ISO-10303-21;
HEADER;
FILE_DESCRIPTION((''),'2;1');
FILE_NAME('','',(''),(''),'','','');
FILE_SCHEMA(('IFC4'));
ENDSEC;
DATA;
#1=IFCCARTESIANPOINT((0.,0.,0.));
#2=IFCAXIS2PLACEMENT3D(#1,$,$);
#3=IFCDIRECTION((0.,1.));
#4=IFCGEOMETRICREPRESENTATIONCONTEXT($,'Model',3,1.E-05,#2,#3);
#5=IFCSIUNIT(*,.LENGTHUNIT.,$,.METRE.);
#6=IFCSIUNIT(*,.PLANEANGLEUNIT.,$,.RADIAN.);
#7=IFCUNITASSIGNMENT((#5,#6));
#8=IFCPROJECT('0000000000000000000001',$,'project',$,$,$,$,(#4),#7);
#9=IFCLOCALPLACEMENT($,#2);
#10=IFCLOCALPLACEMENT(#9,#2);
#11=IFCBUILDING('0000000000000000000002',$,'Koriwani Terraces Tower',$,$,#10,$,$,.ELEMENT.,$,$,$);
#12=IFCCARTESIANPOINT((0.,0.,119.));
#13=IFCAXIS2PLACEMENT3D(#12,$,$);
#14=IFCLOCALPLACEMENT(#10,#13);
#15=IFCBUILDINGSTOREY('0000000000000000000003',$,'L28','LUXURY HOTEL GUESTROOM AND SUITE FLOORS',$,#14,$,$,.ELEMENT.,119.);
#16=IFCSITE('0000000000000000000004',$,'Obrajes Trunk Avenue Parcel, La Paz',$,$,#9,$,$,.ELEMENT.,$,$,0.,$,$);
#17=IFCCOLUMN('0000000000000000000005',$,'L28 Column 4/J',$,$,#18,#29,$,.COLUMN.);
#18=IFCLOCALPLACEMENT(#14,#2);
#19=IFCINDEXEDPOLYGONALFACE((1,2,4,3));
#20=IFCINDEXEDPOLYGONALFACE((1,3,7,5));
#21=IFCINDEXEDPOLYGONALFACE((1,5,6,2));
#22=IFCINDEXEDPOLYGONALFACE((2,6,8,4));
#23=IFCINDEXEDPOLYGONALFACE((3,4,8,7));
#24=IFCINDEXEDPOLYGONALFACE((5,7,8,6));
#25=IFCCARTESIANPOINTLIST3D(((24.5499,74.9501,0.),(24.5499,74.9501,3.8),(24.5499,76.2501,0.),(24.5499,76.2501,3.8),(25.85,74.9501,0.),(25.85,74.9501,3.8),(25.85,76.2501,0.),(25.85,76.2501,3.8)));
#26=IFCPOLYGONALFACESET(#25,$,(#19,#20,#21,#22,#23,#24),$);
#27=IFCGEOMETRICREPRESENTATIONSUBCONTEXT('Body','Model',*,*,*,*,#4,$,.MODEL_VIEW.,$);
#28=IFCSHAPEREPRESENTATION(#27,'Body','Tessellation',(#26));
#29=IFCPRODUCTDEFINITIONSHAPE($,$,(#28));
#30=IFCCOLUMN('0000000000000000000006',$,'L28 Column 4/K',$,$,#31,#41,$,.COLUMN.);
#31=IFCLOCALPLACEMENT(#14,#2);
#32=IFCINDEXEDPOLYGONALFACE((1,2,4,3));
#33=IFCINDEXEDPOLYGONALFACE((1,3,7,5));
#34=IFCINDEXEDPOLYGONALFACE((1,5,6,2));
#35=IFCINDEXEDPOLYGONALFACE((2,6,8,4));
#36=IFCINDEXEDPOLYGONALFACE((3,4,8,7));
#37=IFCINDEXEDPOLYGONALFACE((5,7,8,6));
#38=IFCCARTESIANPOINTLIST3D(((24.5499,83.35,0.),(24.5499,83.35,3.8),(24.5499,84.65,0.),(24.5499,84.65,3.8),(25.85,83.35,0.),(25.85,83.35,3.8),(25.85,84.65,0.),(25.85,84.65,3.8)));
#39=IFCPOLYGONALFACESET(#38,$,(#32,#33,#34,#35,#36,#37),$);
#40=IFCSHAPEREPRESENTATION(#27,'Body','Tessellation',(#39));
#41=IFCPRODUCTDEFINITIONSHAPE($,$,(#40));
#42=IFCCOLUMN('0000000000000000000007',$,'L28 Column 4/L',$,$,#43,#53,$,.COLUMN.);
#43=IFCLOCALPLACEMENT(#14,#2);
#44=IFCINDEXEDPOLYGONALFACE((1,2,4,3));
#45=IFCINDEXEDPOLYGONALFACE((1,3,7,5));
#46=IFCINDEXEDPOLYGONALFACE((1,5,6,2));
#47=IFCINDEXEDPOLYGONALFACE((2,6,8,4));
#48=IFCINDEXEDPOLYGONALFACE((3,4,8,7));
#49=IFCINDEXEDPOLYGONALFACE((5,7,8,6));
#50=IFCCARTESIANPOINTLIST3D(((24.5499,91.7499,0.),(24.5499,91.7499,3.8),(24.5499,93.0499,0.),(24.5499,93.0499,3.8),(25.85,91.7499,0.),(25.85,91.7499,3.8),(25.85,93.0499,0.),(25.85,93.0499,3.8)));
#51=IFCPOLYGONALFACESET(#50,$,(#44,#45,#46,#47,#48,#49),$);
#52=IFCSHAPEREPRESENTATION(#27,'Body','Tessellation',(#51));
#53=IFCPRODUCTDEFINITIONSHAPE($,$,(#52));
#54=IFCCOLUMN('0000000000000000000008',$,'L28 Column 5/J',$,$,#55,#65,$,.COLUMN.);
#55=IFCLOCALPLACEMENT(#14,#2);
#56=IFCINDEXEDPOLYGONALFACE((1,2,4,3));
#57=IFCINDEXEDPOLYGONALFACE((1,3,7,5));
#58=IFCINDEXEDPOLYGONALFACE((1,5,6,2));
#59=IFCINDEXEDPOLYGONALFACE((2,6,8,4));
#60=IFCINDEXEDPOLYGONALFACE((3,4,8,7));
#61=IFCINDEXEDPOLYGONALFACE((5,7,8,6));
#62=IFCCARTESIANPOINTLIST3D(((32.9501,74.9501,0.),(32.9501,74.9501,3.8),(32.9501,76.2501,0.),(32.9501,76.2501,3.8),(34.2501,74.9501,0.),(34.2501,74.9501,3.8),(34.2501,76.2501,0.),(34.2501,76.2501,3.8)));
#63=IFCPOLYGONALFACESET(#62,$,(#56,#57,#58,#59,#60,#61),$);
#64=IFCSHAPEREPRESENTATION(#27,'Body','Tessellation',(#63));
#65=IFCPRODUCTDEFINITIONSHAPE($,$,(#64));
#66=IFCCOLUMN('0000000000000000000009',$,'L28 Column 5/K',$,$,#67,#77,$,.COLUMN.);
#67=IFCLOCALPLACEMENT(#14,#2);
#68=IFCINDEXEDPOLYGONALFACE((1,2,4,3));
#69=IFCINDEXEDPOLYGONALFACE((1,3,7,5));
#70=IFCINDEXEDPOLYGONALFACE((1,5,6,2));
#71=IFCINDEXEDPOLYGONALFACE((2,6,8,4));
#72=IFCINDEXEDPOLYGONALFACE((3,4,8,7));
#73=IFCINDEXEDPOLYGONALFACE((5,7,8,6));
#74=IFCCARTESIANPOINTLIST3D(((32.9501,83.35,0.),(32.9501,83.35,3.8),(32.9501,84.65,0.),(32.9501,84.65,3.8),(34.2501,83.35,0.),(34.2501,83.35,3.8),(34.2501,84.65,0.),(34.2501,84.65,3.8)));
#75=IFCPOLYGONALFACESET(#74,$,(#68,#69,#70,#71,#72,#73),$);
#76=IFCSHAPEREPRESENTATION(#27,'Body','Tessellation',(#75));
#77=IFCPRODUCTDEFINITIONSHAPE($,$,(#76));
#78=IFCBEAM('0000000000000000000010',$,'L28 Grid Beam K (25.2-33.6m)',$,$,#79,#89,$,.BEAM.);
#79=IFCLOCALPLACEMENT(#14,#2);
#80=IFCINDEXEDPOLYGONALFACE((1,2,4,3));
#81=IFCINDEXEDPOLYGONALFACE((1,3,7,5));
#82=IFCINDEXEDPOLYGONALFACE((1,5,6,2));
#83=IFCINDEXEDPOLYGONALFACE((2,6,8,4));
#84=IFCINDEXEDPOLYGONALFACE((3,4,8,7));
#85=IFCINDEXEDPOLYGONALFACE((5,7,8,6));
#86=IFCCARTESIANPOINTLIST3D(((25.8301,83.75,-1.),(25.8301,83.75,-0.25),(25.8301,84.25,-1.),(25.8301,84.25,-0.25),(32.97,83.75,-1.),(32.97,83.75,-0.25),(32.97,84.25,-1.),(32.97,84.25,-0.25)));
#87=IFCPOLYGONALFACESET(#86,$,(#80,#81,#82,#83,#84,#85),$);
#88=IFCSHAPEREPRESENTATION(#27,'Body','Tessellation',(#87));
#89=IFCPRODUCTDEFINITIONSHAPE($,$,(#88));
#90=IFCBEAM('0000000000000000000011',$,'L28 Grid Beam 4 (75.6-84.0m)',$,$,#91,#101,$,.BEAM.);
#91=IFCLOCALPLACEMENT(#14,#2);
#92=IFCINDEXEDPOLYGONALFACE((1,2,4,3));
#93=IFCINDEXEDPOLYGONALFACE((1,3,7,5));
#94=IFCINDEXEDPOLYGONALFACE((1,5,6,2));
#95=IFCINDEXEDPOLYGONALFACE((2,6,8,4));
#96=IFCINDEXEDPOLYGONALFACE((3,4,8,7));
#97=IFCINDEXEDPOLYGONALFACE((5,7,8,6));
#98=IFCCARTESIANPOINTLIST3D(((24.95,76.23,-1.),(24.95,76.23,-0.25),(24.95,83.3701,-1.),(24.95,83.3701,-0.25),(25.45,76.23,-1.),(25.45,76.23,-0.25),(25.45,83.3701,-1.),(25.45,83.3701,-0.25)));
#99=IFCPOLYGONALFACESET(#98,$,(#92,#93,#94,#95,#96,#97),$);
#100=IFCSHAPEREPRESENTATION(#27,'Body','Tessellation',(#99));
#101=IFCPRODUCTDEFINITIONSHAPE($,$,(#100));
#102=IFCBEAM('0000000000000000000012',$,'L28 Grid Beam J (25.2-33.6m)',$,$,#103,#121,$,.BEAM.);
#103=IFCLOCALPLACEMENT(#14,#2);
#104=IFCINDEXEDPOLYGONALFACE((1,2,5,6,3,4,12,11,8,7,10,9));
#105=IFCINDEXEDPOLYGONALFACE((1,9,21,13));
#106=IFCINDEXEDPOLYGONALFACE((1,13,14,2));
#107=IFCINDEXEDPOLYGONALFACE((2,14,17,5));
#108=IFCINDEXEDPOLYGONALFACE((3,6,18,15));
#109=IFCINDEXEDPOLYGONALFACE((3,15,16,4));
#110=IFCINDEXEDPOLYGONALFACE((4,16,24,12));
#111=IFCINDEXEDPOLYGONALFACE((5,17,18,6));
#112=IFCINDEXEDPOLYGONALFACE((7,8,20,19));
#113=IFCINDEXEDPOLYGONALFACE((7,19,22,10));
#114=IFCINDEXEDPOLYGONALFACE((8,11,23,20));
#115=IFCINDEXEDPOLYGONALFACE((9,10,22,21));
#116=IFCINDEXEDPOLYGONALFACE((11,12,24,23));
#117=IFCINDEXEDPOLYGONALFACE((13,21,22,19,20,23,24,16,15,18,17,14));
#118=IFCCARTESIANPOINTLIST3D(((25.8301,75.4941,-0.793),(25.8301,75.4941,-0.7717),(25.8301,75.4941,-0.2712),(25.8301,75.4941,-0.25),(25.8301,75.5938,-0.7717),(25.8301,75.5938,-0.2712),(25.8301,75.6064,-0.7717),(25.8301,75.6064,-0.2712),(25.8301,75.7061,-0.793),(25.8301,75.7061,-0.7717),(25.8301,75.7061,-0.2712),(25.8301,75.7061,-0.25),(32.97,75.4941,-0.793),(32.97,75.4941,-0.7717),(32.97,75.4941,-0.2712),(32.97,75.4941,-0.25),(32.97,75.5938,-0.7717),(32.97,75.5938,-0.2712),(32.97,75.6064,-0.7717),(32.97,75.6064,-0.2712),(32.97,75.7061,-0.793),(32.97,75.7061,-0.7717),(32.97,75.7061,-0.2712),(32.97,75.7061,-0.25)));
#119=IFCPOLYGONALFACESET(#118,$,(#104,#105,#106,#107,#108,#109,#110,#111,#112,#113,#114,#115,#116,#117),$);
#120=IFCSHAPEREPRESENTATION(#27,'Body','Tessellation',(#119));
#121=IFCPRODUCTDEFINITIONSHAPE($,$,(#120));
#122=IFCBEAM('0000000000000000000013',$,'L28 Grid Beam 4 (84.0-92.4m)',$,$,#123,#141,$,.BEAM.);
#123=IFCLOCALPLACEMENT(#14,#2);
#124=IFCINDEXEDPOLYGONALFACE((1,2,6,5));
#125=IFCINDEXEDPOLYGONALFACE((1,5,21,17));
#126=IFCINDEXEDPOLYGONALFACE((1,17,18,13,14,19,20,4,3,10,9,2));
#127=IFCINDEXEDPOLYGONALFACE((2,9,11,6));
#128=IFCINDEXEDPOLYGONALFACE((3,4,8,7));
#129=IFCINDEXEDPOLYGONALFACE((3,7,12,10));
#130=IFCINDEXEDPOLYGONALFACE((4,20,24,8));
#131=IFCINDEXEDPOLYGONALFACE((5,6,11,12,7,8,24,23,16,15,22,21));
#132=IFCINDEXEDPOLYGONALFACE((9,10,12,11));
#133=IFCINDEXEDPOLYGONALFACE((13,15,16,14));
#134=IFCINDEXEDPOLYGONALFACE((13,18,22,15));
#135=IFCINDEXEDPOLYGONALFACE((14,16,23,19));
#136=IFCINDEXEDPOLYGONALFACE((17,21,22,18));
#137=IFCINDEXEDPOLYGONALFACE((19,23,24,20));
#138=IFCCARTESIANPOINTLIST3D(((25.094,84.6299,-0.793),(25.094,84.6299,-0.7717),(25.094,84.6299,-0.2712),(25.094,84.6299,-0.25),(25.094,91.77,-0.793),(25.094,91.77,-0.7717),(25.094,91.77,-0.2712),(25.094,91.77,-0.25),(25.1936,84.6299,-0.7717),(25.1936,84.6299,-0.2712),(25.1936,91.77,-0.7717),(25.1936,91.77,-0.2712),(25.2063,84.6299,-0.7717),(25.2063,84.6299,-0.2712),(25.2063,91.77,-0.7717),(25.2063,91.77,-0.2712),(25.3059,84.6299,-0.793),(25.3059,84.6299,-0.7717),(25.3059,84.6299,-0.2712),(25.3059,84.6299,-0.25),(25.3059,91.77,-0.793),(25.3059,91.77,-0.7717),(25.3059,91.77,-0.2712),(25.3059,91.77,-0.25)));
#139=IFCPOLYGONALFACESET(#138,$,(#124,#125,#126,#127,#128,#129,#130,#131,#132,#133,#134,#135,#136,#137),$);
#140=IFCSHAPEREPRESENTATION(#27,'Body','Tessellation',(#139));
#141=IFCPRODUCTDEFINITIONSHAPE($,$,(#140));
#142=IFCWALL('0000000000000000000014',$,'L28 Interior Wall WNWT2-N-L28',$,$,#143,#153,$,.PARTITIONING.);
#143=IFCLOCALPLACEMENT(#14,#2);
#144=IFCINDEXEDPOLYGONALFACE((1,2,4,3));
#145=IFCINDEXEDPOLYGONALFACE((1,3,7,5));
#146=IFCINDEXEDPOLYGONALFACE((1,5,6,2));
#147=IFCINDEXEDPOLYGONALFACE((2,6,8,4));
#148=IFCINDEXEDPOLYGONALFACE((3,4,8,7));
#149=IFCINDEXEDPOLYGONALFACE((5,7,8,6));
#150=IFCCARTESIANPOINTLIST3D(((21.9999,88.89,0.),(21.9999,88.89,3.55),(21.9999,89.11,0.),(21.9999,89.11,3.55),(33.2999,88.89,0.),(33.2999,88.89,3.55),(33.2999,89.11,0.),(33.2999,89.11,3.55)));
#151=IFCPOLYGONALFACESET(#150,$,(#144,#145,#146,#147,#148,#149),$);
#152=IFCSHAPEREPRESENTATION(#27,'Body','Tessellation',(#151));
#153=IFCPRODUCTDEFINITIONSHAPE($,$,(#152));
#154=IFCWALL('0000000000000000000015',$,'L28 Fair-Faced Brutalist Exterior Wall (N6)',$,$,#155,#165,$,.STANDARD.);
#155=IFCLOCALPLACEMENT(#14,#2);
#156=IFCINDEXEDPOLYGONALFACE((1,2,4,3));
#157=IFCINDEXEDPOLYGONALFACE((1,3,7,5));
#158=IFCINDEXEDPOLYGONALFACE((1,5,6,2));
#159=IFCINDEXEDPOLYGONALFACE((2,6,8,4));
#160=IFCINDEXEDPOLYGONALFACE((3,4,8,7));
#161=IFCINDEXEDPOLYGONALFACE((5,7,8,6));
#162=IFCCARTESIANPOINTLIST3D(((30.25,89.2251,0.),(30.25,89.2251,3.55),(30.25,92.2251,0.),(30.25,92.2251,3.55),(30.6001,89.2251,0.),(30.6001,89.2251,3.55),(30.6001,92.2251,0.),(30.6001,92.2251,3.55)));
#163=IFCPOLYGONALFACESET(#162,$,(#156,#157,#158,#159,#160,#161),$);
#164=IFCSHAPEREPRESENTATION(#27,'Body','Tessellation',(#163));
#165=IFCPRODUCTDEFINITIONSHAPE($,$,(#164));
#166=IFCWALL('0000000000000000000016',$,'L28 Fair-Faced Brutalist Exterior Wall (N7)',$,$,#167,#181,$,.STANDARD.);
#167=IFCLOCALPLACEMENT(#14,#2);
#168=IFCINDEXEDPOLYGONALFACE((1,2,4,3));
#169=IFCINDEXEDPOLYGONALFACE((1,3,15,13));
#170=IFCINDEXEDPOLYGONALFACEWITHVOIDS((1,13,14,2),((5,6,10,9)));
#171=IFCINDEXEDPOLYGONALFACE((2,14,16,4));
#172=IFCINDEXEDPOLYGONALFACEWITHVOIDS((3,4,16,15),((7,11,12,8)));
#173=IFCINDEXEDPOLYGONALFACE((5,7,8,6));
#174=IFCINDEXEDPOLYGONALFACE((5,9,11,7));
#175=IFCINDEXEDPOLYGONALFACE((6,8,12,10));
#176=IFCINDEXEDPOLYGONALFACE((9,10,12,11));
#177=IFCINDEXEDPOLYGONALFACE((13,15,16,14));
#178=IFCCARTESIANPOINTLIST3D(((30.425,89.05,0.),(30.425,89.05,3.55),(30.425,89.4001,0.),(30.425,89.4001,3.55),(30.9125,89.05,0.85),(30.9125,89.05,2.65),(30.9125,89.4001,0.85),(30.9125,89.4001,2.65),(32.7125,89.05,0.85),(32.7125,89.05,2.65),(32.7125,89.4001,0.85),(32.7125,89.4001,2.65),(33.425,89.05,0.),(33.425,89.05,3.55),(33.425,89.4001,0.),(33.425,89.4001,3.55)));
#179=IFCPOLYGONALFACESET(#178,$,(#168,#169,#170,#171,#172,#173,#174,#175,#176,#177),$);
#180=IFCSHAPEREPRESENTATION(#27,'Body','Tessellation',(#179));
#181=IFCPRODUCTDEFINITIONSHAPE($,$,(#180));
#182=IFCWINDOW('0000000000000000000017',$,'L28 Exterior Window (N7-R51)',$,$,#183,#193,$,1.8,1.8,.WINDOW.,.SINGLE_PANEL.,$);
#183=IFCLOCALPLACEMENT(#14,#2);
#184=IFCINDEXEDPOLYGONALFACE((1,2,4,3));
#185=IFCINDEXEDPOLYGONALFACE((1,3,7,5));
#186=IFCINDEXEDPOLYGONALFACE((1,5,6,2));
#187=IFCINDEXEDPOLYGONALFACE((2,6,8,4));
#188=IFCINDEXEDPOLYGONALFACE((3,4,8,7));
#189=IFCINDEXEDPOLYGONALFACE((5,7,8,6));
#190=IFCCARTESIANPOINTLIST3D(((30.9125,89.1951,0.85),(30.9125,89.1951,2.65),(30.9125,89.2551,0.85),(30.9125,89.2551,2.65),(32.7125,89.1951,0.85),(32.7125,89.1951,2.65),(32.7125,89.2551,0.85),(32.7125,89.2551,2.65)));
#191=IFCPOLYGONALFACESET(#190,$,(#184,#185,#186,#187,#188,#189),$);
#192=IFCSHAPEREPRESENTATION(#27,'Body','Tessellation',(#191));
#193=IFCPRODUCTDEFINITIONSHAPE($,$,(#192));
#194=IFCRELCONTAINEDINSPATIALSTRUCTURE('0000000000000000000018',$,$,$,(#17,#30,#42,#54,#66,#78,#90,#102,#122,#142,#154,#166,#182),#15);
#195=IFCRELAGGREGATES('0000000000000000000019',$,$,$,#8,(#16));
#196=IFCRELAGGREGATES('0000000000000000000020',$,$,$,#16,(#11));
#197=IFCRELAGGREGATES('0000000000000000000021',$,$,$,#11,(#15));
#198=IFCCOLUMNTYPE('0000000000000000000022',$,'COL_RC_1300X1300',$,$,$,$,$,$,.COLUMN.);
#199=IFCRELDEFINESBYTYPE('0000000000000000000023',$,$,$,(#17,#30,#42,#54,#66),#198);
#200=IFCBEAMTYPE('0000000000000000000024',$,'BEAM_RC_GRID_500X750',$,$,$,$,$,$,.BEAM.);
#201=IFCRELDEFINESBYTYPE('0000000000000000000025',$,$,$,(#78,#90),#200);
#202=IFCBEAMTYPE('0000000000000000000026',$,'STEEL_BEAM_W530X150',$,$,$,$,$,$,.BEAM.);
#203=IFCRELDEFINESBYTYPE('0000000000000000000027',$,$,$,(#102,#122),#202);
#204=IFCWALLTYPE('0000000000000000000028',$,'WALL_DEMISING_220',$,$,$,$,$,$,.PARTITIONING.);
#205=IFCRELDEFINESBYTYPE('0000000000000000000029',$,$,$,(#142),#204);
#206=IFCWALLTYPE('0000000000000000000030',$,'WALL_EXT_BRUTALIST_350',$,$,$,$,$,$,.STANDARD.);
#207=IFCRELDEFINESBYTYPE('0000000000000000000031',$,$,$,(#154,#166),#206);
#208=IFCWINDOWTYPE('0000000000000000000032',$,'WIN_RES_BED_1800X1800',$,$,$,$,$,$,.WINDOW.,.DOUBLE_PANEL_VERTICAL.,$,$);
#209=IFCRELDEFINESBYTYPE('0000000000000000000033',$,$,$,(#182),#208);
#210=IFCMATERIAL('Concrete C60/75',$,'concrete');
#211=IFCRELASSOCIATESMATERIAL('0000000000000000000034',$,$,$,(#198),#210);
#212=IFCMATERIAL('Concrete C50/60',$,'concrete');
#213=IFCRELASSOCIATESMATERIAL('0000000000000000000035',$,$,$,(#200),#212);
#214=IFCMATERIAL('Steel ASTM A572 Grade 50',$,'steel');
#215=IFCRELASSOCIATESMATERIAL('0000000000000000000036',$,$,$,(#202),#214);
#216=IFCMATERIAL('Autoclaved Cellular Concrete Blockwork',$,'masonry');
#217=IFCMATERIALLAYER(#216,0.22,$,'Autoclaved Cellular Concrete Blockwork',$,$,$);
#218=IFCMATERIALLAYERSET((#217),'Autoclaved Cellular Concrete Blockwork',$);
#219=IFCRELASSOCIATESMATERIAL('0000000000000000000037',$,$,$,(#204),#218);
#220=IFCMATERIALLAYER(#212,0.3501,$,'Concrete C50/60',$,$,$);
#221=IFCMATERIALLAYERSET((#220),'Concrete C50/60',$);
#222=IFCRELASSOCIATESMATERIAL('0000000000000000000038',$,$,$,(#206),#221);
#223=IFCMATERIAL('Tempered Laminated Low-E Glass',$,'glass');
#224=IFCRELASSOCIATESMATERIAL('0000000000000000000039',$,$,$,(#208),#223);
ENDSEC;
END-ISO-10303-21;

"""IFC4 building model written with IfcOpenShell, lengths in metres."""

from ifc_helpers import new_model, si_unit, direction, frame, frame_2d, origin, origin_2d, place, context, subcontext, project, spatial, rectangle, i_section, extrude, material, layer, layer_set, material_profile, profile_set, type_object, element, fill, save


model = new_model("IFC4")

# Units and contexts
model_context = context("Model", 3, precision=1e-05, world=origin(), true_north=direction((0.0, 1.0)))
body_context = subcontext(model_context, "Body", "Model", "MODEL_VIEW")
ifc_project = project(units=[si_unit("LENGTHUNIT", "METRE"), si_unit("PLANEANGLEUNIT", "RADIAN")], contexts=[model_context])

# Site, building, storey
site_placement = place(None, origin())
site = spatial("IfcSite", under=ifc_project, at=site_placement, Name="Obrajes Trunk Avenue Parcel, La Paz", CompositionType="ELEMENT", RefElevation=0.0)
building_placement = place(site_placement, origin())
building = spatial("IfcBuilding", under=site, at=building_placement, Name="Koriwani Terraces Tower", CompositionType="ELEMENT")
storey_placement = place(building_placement, frame((0.0, 0.0, 119.0)))
storey = spatial("IfcBuildingStorey", under=building, at=storey_placement, Name="L28", Description="LUXURY HOTEL GUESTROOM AND SUITE FLOORS", CompositionType="ELEMENT", Elevation=119.0)

# Columns
ifc_material_1 = material(Name="Concrete C60/75", Category="concrete")
ifc_material_profile_1 = material_profile(ifc_material_1, rectangle(XDim=1.3, YDim=1.3, at=origin_2d()), Name="Concrete C60/75", Category="LoadBearing")
ifc_profile_set_1 = profile_set([ifc_material_profile_1], Name="Concrete C60/75")
column_type = type_object("IfcColumnType", Name="COL_RC_1300X1300", PredefinedType="COLUMN", material=ifc_profile_set_1)
for number, where, z_axis, x_axis, name in (
    (1, (25.2, 75.6001, 0.0), (0.0, 0.0, 1.0), (1.0, 0.0, 0.0), "L28 Column 4/J"),
    (2, (25.2, 84.0, 0.0), (0.0, 0.0, 1.0), (1.0, 0.0, 0.0), "L28 Column 4/K"),
    (3, (25.2, 92.3999, 0.0), (0.0, 0.0, 1.0), (1.0, 0.0, 0.0), "L28 Column 4/L"),
    (4, (33.6001, 75.6001, 0.0), (0.0, 0.0, 1.0), (1.0, 0.0, 0.0), "L28 Column 5/J"),
    (5, (33.6001, 84.0, 0.0), (0.0, 0.0, 1.0), (1.0, 0.0, 0.0), "L28 Column 5/K"),
):
    element("IfcColumn", number, at=place(storey_placement, frame(where, z_axis=z_axis, x_axis=x_axis)), inside=storey, type_object=column_type, Name=name, PredefinedType="COLUMN", context=body_context, shape_type="SweptSolid", body=[
        extrude(rectangle(XDim=1.3, YDim=1.3, at=origin_2d()), origin(), (0.0, 0.0, 1.0), 3.8),
    ])

# Beams
ifc_material_2 = material(Name="Concrete C50/60", Category="concrete")
ifc_material_profile_2 = material_profile(ifc_material_2, rectangle(XDim=0.5, YDim=0.75, at=origin_2d()), Name="Concrete C50/60", Category="LoadBearing")
ifc_profile_set_2 = profile_set([ifc_material_profile_2], Name="Concrete C50/60")
beam_type_1 = type_object("IfcBeamType", Name="BEAM_RC_GRID_500X750", PredefinedType="BEAM", material=ifc_profile_set_2)
beam_1_placement = place(storey_placement, frame((25.8301, 84.0, -0.625), z_axis=(1.0, 0.0, 0.0), x_axis=(0.0, 1.0, 0.0)))
element("IfcBeam", 6, at=beam_1_placement, inside=storey, type_object=beam_type_1, Name="L28 Grid Beam K (25.2-33.6m)", PredefinedType="BEAM", context=body_context, shape_type="SweptSolid", body=[
    extrude(rectangle(XDim=0.5, YDim=0.75, at=origin_2d()), origin(), (0.0, 0.0, 1.0), 7.1399),
])
beam_2_placement = place(storey_placement, frame((25.2, 76.23, -0.625), z_axis=(0.0, 1.0, 0.0), x_axis=(-1.0, 0.0, 0.0)))
element("IfcBeam", 7, at=beam_2_placement, inside=storey, type_object=beam_type_1, Name="L28 Grid Beam 4 (75.6-84.0m)", PredefinedType="BEAM", context=body_context, shape_type="SweptSolid", body=[
    extrude(rectangle(XDim=0.5, YDim=0.75, at=origin_2d()), origin(), (0.0, 0.0, 1.0), 7.1401),
])
ifc_material_3 = material(Name="Steel ASTM A572 Grade 50", Category="steel")
ifc_material_profile_3 = material_profile(ifc_material_3, i_section(OverallWidth=0.2119, OverallDepth=0.543, WebThickness=0.0127, FlangeThickness=0.0212, at=origin_2d()), Name="Steel ASTM A572 Grade 50", Category="LoadBearing")
ifc_profile_set_3 = profile_set([ifc_material_profile_3], Name="Steel ASTM A572 Grade 50")
beam_type_2 = type_object("IfcBeamType", Name="STEEL_BEAM_W530X150", PredefinedType="BEAM", material=ifc_profile_set_3)
beam_3_placement = place(storey_placement, frame((25.8301, 75.6001, -0.5215), z_axis=(1.0, 0.0, 0.0), x_axis=(0.0, 1.0, 0.0)))
element("IfcBeam", 8, at=beam_3_placement, inside=storey, type_object=beam_type_2, Name="L28 Grid Beam J (25.2-33.6m)", PredefinedType="BEAM", context=body_context, shape_type="SweptSolid", body=[
    extrude(i_section(OverallWidth=0.2119, OverallDepth=0.543, WebThickness=0.0127, FlangeThickness=0.0212, at=origin_2d()), origin(), (0.0, 0.0, 1.0), 7.1399),
])
beam_4_placement = place(storey_placement, frame((25.2, 84.6299, -0.5215), z_axis=(0.0, 1.0, 0.0), x_axis=(-1.0, 0.0, 0.0)))
element("IfcBeam", 9, at=beam_4_placement, inside=storey, type_object=beam_type_2, Name="L28 Grid Beam 4 (84.0-92.4m)", PredefinedType="BEAM", context=body_context, shape_type="SweptSolid", body=[
    extrude(i_section(OverallWidth=0.2119, OverallDepth=0.543, WebThickness=0.0127, FlangeThickness=0.0212, at=origin_2d()), origin(), (0.0, 0.0, 1.0), 7.1401),
])

# Walls
ifc_material_4 = material(Name="Autoclaved Cellular Concrete Blockwork", Category="masonry")
ifc_layer_1 = layer(ifc_material_4, 0.22, Name="Autoclaved Cellular Concrete Blockwork")
ifc_layer_set_1 = layer_set([ifc_layer_1], Name="Autoclaved Cellular Concrete Blockwork")
wall_type_1 = type_object("IfcWallType", Name="WALL_DEMISING_220", PredefinedType="PARTITIONING", material=ifc_layer_set_1)
wall_1_placement = place(storey_placement, frame((22.0, 89.0, 0.0), z_axis=(0.0, 0.0, 1.0), x_axis=(1.0, 0.0, 0.0)))
element("IfcWall", 10, at=wall_1_placement, inside=storey, type_object=wall_type_1, Name="L28 Interior Wall WNWT2-N-L28", PredefinedType="PARTITIONING", context=body_context, shape_type="SweptSolid", body=[
    extrude(rectangle(XDim=11.3, YDim=0.22, at=frame_2d((5.6499, 0.0))), origin(), (0.0, 0.0, 1.0), 3.55),
])
ifc_layer_2 = layer(ifc_material_2, 0.3501, Name="Concrete C50/60")
ifc_layer_set_2 = layer_set([ifc_layer_2], Name="Concrete C50/60")
wall_type_2 = type_object("IfcWallType", Name="WALL_EXT_BRUTALIST_350", PredefinedType="STANDARD", material=ifc_layer_set_2)
wall_2_placement = place(storey_placement, frame((30.425, 92.2251, 0.0), z_axis=(0.0, 0.0, 1.0), x_axis=(0.0, -1.0, 0.0)))
element("IfcWall", 11, at=wall_2_placement, inside=storey, type_object=wall_type_2, Name="L28 Fair-Faced Brutalist Exterior Wall (N6)", PredefinedType="STANDARD", context=body_context, shape_type="SweptSolid", body=[
    extrude(rectangle(XDim=3.0, YDim=0.3501, at=frame_2d((1.5, 0.0))), origin(), (0.0, 0.0, 1.0), 3.55),
])

# Wall, opening, window
wall_3_placement = place(storey_placement, frame((30.425, 89.2251, 0.0), z_axis=(0.0, 0.0, 1.0), x_axis=(1.0, 0.0, 0.0)))
wall_3 = element("IfcWall", 12, at=wall_3_placement, inside=storey, type_object=wall_type_2, Name="L28 Fair-Faced Brutalist Exterior Wall (N7)", PredefinedType="STANDARD", context=body_context, shape_type="SweptSolid", body=[
    extrude(rectangle(XDim=3.0, YDim=0.3501, at=frame_2d((1.5, 0.0))), origin(), (0.0, 0.0, 1.0), 3.55),
])
opening_1_placement = place(wall_3_placement, frame((0.4875, 0.0, 0.8501)))
opening_1 = element("IfcOpeningElement", 13, at=opening_1_placement, cuts=wall_3, PredefinedType="OPENING", context=body_context, shape_type="SweptSolid", body=[
    extrude(rectangle(XDim=1.8, YDim=1.8, at=frame_2d((0.8999, 0.8999))), frame((0.0, 0.1851, 0.0), z_axis=(0.0, -1.0, 0.0), x_axis=(1.0, 0.0, 0.0)), (0.0, 0.0, 1.0), 0.3701),
])
ifc_material_5 = material(Name="Tempered Laminated Low-E Glass", Category="glass")
window_type_1 = type_object("IfcWindowType", Name="WIN_RES_BED_1800X1800", PartitioningType="DOUBLE_PANEL_VERTICAL", PredefinedType="WINDOW", material=ifc_material_5)
window_1_placement = place(opening_1_placement, origin())
window_1 = element("IfcWindow", 14, at=window_1_placement, inside=storey, type_object=window_type_1, Name="L28 Exterior Window (N7-R51)", OverallHeight=1.8, OverallWidth=1.8, PartitioningType="SINGLE_PANEL", PredefinedType="WINDOW", context=body_context, shape_type="SweptSolid", body=[
    extrude(rectangle(XDim=1.8, YDim=1.8, at=frame_2d((0.8999, 0.8999))), frame((0.0, 0.03, 0.0), z_axis=(0.0, -1.0, 0.0), x_axis=(1.0, 0.0, 0.0)), (0.0, 0.0, 1.0), 0.0601),
])
fill(opening_1, window_1)

save(model, "model.ifc")
